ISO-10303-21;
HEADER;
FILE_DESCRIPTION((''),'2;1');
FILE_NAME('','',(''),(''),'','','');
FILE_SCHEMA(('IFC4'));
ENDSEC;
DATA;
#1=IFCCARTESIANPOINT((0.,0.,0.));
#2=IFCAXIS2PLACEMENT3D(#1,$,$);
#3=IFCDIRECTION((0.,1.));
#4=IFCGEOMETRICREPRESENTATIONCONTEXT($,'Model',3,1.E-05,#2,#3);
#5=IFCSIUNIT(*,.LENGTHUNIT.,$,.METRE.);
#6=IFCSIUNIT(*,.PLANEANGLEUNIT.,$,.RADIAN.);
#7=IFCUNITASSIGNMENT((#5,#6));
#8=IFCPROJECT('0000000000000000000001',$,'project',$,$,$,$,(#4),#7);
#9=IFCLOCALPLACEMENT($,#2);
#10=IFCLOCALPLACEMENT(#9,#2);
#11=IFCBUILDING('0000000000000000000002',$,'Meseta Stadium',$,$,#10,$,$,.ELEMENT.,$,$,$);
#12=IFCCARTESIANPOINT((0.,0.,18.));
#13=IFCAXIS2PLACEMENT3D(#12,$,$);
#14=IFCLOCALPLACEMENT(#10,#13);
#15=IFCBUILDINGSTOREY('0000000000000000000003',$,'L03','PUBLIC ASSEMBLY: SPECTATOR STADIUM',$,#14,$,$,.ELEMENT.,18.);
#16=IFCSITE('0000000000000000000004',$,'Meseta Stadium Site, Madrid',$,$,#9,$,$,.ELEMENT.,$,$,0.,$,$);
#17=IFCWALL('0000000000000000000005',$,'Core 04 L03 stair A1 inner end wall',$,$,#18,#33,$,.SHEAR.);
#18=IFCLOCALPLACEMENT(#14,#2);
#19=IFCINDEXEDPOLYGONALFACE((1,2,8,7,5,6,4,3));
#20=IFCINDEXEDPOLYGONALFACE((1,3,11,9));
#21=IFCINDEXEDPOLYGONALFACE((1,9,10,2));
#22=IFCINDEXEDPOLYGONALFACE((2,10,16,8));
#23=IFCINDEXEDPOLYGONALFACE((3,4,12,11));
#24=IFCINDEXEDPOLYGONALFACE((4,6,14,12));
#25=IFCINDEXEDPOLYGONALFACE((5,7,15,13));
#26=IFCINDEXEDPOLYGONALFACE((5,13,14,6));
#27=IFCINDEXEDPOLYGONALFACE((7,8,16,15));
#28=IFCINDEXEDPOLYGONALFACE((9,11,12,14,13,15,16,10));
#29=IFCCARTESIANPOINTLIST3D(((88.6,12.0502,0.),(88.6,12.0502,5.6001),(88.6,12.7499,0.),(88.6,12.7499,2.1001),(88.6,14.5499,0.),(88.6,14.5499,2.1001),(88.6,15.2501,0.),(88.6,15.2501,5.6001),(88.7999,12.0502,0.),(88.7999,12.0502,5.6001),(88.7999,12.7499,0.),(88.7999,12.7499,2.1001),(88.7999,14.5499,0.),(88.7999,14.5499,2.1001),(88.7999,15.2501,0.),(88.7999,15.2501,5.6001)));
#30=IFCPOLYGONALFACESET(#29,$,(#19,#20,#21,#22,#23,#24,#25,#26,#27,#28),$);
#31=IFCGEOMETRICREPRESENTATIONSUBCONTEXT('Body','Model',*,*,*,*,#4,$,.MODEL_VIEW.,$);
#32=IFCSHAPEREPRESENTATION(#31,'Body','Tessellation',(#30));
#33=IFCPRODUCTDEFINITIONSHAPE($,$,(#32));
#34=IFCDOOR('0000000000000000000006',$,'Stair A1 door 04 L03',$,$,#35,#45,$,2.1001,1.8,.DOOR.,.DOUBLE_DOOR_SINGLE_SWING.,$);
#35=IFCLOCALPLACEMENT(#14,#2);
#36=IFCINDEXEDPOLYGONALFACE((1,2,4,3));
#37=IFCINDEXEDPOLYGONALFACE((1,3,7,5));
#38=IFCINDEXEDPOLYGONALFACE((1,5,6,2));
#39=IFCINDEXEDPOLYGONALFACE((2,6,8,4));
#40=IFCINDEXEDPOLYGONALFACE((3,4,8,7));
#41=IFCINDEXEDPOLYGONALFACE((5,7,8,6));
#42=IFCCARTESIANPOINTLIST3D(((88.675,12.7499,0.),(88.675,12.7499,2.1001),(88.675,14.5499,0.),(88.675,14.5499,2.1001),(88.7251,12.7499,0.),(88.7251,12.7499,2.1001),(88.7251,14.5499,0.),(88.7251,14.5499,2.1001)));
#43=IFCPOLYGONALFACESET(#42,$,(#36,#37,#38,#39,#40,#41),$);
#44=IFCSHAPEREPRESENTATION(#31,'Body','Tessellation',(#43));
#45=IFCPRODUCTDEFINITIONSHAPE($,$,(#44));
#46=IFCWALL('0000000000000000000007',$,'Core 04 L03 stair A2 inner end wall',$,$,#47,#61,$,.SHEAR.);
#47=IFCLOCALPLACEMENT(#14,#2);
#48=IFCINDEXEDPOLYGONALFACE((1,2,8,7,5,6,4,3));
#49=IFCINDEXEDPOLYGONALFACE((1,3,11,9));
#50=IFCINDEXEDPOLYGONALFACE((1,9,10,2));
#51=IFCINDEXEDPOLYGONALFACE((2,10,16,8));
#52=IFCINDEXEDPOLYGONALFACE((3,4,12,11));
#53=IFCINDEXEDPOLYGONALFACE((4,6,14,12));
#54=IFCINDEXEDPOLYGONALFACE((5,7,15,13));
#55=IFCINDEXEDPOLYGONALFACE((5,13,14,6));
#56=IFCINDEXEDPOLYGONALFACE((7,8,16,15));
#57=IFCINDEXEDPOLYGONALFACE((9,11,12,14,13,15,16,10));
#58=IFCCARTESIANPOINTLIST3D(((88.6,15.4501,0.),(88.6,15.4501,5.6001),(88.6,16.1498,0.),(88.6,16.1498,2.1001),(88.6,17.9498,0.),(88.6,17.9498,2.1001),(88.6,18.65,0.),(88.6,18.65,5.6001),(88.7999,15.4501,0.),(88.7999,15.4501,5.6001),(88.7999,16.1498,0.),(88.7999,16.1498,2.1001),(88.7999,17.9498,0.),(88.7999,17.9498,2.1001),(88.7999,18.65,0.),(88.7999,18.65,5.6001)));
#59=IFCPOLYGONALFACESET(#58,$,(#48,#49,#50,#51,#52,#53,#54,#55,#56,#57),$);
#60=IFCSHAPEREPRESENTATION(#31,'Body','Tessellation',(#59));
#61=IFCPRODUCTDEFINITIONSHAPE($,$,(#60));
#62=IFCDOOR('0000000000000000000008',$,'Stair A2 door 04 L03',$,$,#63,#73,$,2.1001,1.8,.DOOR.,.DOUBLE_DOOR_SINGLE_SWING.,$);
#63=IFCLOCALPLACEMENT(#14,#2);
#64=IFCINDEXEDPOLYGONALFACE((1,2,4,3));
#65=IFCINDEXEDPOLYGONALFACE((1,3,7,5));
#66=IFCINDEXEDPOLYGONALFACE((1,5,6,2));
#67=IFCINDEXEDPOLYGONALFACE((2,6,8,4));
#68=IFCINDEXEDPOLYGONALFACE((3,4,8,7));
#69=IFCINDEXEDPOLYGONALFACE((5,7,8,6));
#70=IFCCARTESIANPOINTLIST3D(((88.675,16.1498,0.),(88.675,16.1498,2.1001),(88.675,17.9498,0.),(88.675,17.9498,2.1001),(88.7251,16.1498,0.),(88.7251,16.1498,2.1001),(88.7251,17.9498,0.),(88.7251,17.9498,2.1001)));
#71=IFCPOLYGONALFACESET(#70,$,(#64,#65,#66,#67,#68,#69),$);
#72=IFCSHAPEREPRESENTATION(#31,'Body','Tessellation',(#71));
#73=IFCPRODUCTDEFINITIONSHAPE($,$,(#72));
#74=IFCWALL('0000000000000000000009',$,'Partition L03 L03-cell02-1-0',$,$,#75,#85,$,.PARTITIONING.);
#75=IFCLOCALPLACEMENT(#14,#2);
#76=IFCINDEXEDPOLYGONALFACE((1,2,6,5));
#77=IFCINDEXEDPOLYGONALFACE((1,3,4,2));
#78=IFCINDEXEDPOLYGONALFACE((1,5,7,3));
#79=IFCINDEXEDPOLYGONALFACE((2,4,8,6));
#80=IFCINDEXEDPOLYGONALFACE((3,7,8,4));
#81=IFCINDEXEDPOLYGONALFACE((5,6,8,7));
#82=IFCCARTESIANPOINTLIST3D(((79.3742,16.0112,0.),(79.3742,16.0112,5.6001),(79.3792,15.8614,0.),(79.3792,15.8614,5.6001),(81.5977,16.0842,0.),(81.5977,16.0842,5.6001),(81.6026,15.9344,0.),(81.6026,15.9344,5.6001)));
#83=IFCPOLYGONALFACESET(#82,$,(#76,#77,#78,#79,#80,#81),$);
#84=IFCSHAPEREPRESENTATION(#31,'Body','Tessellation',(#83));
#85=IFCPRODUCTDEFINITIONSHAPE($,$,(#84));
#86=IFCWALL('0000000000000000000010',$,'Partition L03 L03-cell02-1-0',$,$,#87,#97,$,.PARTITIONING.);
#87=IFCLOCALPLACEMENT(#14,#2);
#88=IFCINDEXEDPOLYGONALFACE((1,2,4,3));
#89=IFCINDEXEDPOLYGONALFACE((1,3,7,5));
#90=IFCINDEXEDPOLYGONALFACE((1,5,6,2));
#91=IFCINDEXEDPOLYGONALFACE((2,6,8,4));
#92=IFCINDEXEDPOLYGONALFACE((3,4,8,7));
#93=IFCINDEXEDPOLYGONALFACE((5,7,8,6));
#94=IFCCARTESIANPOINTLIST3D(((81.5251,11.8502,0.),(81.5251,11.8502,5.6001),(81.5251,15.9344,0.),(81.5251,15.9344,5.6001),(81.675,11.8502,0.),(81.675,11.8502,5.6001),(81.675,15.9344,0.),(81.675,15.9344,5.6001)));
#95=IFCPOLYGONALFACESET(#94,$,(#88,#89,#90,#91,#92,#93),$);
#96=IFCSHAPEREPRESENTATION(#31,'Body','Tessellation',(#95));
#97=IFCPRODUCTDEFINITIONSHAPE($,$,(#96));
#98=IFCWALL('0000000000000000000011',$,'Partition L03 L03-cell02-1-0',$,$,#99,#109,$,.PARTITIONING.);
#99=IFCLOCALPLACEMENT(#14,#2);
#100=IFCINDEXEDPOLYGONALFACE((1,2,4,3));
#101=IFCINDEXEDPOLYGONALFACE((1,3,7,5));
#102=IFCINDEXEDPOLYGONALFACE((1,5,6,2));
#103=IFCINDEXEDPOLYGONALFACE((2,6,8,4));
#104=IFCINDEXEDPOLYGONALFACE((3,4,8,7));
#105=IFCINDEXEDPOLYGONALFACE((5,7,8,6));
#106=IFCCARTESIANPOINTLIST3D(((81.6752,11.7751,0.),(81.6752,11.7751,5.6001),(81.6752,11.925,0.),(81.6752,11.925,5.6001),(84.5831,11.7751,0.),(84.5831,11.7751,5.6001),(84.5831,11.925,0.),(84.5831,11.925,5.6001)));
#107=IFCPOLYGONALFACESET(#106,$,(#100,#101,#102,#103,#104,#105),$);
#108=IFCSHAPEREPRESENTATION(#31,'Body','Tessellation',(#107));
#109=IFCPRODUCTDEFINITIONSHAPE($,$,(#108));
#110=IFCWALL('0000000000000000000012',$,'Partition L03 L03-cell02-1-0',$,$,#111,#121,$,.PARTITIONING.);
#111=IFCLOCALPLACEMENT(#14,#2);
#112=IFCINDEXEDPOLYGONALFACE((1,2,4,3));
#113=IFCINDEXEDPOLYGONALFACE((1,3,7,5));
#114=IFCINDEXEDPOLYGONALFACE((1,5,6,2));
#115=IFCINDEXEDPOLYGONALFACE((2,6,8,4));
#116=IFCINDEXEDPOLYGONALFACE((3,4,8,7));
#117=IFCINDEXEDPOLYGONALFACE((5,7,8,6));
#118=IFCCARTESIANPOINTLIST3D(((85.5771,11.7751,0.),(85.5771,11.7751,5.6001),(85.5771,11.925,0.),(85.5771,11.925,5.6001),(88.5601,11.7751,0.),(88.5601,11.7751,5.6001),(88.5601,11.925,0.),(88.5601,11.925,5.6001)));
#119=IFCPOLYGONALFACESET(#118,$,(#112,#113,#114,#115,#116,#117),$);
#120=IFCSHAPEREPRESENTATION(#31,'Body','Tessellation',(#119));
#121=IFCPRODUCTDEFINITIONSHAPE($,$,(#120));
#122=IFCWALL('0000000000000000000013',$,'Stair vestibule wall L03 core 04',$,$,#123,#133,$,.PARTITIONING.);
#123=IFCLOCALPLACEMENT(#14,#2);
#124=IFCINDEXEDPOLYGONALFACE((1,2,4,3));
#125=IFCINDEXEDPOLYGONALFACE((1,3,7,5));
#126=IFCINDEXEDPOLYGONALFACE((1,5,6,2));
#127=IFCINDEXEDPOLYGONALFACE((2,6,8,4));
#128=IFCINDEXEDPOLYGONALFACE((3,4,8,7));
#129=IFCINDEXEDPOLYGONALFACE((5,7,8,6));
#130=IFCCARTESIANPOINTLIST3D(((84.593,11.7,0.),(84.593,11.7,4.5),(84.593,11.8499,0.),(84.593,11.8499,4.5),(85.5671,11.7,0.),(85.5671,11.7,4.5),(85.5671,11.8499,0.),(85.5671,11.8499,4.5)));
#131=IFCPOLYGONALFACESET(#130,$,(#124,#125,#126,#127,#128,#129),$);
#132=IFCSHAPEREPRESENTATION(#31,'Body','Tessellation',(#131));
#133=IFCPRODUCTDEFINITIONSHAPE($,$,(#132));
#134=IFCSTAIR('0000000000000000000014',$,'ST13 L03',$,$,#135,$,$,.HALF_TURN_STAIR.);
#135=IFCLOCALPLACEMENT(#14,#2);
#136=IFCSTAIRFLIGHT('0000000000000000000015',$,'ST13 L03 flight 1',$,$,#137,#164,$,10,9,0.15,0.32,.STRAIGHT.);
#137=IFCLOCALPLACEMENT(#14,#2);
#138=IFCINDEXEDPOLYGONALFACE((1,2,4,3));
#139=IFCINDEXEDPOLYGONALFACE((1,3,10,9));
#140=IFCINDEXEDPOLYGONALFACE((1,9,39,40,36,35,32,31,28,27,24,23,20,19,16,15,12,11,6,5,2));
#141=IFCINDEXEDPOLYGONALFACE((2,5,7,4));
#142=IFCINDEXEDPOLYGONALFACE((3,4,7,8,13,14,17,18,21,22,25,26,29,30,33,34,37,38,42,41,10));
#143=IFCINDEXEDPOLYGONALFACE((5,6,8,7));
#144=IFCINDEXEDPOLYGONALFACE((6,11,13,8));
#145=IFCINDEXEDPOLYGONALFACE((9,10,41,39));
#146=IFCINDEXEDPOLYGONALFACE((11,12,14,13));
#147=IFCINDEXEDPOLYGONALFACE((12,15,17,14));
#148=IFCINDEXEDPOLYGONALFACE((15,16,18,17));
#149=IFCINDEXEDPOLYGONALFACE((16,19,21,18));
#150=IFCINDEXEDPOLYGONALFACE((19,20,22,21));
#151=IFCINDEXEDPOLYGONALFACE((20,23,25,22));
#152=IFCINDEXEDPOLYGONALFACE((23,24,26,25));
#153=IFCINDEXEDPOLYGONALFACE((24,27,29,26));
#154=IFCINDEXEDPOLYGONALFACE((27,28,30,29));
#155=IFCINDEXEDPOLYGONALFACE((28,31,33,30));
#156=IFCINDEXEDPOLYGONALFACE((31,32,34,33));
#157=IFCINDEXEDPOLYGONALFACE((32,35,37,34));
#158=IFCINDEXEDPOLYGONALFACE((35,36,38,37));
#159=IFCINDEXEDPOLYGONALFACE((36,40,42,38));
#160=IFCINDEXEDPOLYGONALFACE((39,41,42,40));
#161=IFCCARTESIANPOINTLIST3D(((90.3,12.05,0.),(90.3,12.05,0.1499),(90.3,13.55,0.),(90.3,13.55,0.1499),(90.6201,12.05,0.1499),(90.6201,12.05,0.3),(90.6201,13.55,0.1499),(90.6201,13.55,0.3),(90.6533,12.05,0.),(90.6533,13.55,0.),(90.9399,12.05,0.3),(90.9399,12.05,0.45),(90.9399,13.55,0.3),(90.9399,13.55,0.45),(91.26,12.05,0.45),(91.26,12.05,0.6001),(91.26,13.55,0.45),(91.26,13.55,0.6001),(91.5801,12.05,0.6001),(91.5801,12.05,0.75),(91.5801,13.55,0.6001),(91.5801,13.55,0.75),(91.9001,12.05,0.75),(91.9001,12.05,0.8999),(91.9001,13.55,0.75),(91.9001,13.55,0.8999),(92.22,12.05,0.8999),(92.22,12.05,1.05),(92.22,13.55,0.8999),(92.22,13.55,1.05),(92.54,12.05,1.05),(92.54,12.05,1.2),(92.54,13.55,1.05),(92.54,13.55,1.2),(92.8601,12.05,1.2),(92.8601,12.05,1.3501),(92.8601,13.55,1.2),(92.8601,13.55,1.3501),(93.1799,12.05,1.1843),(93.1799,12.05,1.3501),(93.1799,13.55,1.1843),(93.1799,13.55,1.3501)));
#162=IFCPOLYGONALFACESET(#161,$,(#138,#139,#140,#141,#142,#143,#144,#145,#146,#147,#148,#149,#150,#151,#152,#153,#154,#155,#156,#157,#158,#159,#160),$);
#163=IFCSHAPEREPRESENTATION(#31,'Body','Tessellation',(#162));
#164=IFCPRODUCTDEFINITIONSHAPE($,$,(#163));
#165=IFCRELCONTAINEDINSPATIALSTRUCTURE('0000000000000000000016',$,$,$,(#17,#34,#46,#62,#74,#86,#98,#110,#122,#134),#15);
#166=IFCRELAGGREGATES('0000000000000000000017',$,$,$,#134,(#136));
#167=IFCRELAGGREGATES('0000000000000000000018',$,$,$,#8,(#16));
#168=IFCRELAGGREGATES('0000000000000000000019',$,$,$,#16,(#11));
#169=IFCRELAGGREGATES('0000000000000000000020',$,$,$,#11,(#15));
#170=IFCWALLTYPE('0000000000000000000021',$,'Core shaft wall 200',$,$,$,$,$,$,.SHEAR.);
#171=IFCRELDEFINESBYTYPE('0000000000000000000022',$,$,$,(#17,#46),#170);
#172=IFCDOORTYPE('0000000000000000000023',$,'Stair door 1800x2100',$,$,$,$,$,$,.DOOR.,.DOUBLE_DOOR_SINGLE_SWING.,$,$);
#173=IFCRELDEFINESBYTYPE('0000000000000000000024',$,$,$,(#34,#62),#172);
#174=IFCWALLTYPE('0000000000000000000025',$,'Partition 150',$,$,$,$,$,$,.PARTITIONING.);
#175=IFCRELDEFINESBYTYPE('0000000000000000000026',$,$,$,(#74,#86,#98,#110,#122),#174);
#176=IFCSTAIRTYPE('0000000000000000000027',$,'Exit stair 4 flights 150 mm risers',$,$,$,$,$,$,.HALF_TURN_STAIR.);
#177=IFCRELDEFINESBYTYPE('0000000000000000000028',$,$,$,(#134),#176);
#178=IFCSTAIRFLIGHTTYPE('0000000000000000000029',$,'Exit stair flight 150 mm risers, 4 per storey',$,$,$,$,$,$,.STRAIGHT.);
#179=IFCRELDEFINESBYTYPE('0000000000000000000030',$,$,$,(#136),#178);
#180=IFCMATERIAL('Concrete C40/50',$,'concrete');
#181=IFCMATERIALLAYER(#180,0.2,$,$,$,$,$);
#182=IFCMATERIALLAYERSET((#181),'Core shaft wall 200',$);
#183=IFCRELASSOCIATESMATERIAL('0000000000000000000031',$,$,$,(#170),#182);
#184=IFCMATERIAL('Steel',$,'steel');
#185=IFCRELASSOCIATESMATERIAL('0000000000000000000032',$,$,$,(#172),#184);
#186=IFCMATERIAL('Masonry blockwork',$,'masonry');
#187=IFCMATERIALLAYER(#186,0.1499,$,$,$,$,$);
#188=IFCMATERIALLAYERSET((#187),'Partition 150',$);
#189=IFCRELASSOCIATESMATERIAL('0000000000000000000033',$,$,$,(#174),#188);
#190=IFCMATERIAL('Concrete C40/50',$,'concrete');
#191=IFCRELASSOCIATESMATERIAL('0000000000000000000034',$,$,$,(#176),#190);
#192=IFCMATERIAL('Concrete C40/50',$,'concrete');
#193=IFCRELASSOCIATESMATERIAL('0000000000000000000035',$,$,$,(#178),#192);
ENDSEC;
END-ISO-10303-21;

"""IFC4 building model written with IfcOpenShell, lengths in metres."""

from ifc_helpers import new_model, si_unit, direction, frame, frame_2d, origin, place, context, subcontext, project, spatial, polyline, rectangle, outline, extrude, material, layer, layer_set, type_object, element, fill, aggregate, save


model = new_model("IFC4")

# Units and contexts
model_context = context("Model", 3, precision=1e-05, world=origin(), true_north=direction((0.0, 1.0)))
body_context = subcontext(model_context, "Body", "Model", "MODEL_VIEW")
ifc_project = project(units=[si_unit("LENGTHUNIT", "METRE"), si_unit("PLANEANGLEUNIT", "RADIAN")], contexts=[model_context])

# Site, building, storey
site_placement = place(None, origin())
site = spatial("IfcSite", under=ifc_project, at=site_placement, Name="Meseta Stadium Site, Madrid", CompositionType="ELEMENT", RefElevation=0.0)
building_placement = place(site_placement, origin())
building = spatial("IfcBuilding", under=site, at=building_placement, Name="Meseta Stadium", CompositionType="ELEMENT")
storey_placement = place(building_placement, frame((0.0, 0.0, 18.0)))
storey = spatial("IfcBuildingStorey", under=building, at=storey_placement, Name="L03", Description="PUBLIC ASSEMBLY: SPECTATOR STADIUM", CompositionType="ELEMENT", Elevation=18.0)

# Walls, openings, doors
ifc_material_1 = material(Name="Concrete C40/50", Category="concrete")
ifc_layer_1 = layer(ifc_material_1, 0.2)
ifc_layer_set_1 = layer_set([ifc_layer_1], Name="Core shaft wall 200")
wall_type_1 = type_object("IfcWallType", Name="Core shaft wall 200", PredefinedType="SHEAR", material=ifc_layer_set_1)
wall_1_placement = place(storey_placement, frame((88.7, 12.05, 0.0), z_axis=(0.0, 0.0, 1.0), x_axis=(0.0, 1.0, 0.0)))
wall_1 = element("IfcWall", 1, at=wall_1_placement, inside=storey, type_object=wall_type_1, Name="Core 04 L03 stair A1 inner end wall", PredefinedType="SHEAR", context=body_context, shape_type="SweptSolid", body=[
    extrude(rectangle(XDim=3.2, YDim=0.2, at=frame_2d((1.6001, 0.0))), origin(), (0.0, 0.0, 1.0), 5.6001),
])
opening_1_placement = place(wall_1_placement, frame((0.7, 0.0, 0.0)))
opening_1 = element("IfcOpeningElement", 2, at=opening_1_placement, cuts=wall_1, PredefinedType="OPENING", context=body_context, shape_type="SweptSolid", body=[
    extrude(rectangle(XDim=1.8, YDim=2.1001, at=frame_2d((0.8999, 1.05))), frame((0.0, 0.1099, 0.0), z_axis=(0.0, -1.0, 0.0), x_axis=(1.0, 0.0, 0.0)), (0.0, 0.0, 1.0), 0.22),
])
ifc_material_2 = material(Name="Steel", Category="steel")
door_type = type_object("IfcDoorType", Name="Stair door 1800x2100", OperationType="DOUBLE_DOOR_SINGLE_SWING", PredefinedType="DOOR", material=ifc_material_2)
door_1_placement = place(opening_1_placement, origin())
door_1 = element("IfcDoor", 3, at=door_1_placement, inside=storey, type_object=door_type, Name="Stair A1 door 04 L03", OperationType="DOUBLE_DOOR_SINGLE_SWING", OverallHeight=2.1001, OverallWidth=1.8, PredefinedType="DOOR", context=body_context, shape_type="SweptSolid", body=[
    extrude(rectangle(XDim=1.8, YDim=2.1001, at=frame_2d((0.8999, 1.05))), frame((0.0, 0.0249, 0.0), z_axis=(0.0, -1.0, 0.0), x_axis=(1.0, 0.0, 0.0)), (0.0, 0.0, 1.0), 0.05),
])
fill(opening_1, door_1)
wall_2_placement = place(storey_placement, frame((88.7, 15.45, 0.0), z_axis=(0.0, 0.0, 1.0), x_axis=(0.0, 1.0, 0.0)))
wall_2 = element("IfcWall", 4, at=wall_2_placement, inside=storey, type_object=wall_type_1, Name="Core 04 L03 stair A2 inner end wall", PredefinedType="SHEAR", context=body_context, shape_type="SweptSolid", body=[
    extrude(rectangle(XDim=3.2, YDim=0.2, at=frame_2d((1.6001, 0.0))), origin(), (0.0, 0.0, 1.0), 5.6001),
])
opening_2_placement = place(wall_2_placement, frame((0.7, 0.0, 0.0)))
opening_2 = element("IfcOpeningElement", 5, at=opening_2_placement, cuts=wall_2, PredefinedType="OPENING", context=body_context, shape_type="SweptSolid", body=[
    extrude(rectangle(XDim=1.8, YDim=2.1001, at=frame_2d((0.8999, 1.05))), frame((0.0, 0.1099, 0.0), z_axis=(0.0, -1.0, 0.0), x_axis=(1.0, 0.0, 0.0)), (0.0, 0.0, 1.0), 0.22),
])
door_2_placement = place(opening_2_placement, origin())
door_2 = element("IfcDoor", 6, at=door_2_placement, inside=storey, type_object=door_type, Name="Stair A2 door 04 L03", OperationType="DOUBLE_DOOR_SINGLE_SWING", OverallHeight=2.1001, OverallWidth=1.8, PredefinedType="DOOR", context=body_context, shape_type="SweptSolid", body=[
    extrude(rectangle(XDim=1.8, YDim=2.1001, at=frame_2d((0.8999, 1.05))), frame((0.0, 0.0249, 0.0), z_axis=(0.0, -1.0, 0.0), x_axis=(1.0, 0.0, 0.0)), (0.0, 0.0, 1.0), 0.05),
])
fill(opening_2, door_2)

# Walls
ifc_material_3 = material(Name="Masonry blockwork", Category="masonry")
ifc_layer_2 = layer(ifc_material_3, 0.1499)
ifc_layer_set_2 = layer_set([ifc_layer_2], Name="Partition 150")
wall_type_2 = type_object("IfcWallType", Name="Partition 150", PredefinedType="PARTITIONING", material=ifc_layer_set_2)
wall_3_placement = place(storey_placement, frame((79.3767, 15.9363, 0.0), z_axis=(0.0, 0.0, 1.0), x_axis=(0.999461, 0.032814, 0.0)))
element("IfcWall", 7, at=wall_3_placement, inside=storey, type_object=wall_type_2, Name="Partition L03 L03-cell02-1-0", PredefinedType="PARTITIONING", context=body_context, shape_type="SweptSolid", body=[
    extrude(rectangle(XDim=2.2246, YDim=0.1499, at=frame_2d((1.1123, 0.0))), origin(), (0.0, 0.0, 1.0), 5.6001),
])
wall_4_placement = place(storey_placement, frame((81.6001, 15.9343, 0.0), z_axis=(0.0, 0.0, 1.0), x_axis=(0.0, -1.0, 0.0)))
element("IfcWall", 8, at=wall_4_placement, inside=storey, type_object=wall_type_2, Name="Partition L03 L03-cell02-1-0", PredefinedType="PARTITIONING", context=body_context, shape_type="SweptSolid", body=[
    extrude(rectangle(XDim=4.0842, YDim=0.1499, at=frame_2d((2.042, 0.0))), origin(), (0.0, 0.0, 1.0), 5.6001),
])
wall_5_placement = place(storey_placement, frame((81.675, 11.8501, 0.0), z_axis=(0.0, 0.0, 1.0), x_axis=(1.0, 0.0, 0.0)))
element("IfcWall", 9, at=wall_5_placement, inside=storey, type_object=wall_type_2, Name="Partition L03 L03-cell02-1-0", PredefinedType="PARTITIONING", context=body_context, shape_type="SweptSolid", body=[
    extrude(rectangle(XDim=2.908, YDim=0.1499, at=frame_2d((1.4541, 0.0))), origin(), (0.0, 0.0, 1.0), 5.6001),
])
wall_6_placement = place(storey_placement, frame((85.5771, 11.8501, 0.0), z_axis=(0.0, 0.0, 1.0), x_axis=(1.0, 0.0, 0.0)))
element("IfcWall", 10, at=wall_6_placement, inside=storey, type_object=wall_type_2, Name="Partition L03 L03-cell02-1-0", PredefinedType="PARTITIONING", context=body_context, shape_type="SweptSolid", body=[
    extrude(rectangle(XDim=2.9829, YDim=0.1499, at=frame_2d((1.4915, 0.0))), origin(), (0.0, 0.0, 1.0), 5.6001),
])
wall_7_placement = place(storey_placement, frame((84.593, 11.7749, 0.0), z_axis=(0.0, 0.0, 1.0), x_axis=(1.0, 0.0, 0.0)))
element("IfcWall", 11, at=wall_7_placement, inside=storey, type_object=wall_type_2, Name="Stair vestibule wall L03 core 04", PredefinedType="PARTITIONING", context=body_context, shape_type="SweptSolid", body=[
    extrude(rectangle(XDim=0.9741, YDim=0.1499, at=frame_2d((0.4871, 0.0))), origin(), (0.0, 0.0, 1.0), 4.5),
])

# Stair, stair flight
ifc_material_4 = material(Name="Concrete C40/50", Category="concrete")
stair_type = type_object("IfcStairType", Name="Exit stair 4 flights 150 mm risers", PredefinedType="HALF_TURN_STAIR", material=ifc_material_4)
stair_1_placement = place(storey_placement, origin())
stair_1 = element("IfcStair", 12, at=stair_1_placement, inside=storey, type_object=stair_type, Name="ST13 L03", PredefinedType="HALF_TURN_STAIR")
ifc_material_5 = material(Name="Concrete C40/50", Category="concrete")
stair_flight_type = type_object("IfcStairFlightType", Name="Exit stair flight 150 mm risers, 4 per storey", PredefinedType="STRAIGHT", material=ifc_material_5)
stair_flight_1_placement = place(storey_placement, frame((90.3, 12.8, 0.0), z_axis=(0.0, 0.0, 1.0), x_axis=(1.0, 0.0, 0.0)))
stair_flight_1 = element("IfcStairFlight", 13, at=stair_flight_1_placement, type_object=stair_flight_type, Name="ST13 L03 flight 1", NumberOfRisers=10, NumberOfTreads=9, PredefinedType="STRAIGHT", RiserHeight=0.15, TreadLength=0.32, context=body_context, shape_type="SweptSolid", body=[
    extrude(outline(polyline([(0.0, 0.0), (0.0, 0.1499), (0.3201, 0.1499), (0.3201, 0.3), (0.6399, 0.3), (0.6399, 0.45), (0.96, 0.45), (0.96, 0.6001), (1.28, 0.6001), (1.28, 0.75), (1.6001, 0.75), (1.6001, 0.8999), (1.9199, 0.8999), (1.9199, 1.05), (2.24, 1.05), (2.24, 1.2), (2.5601, 1.2), (2.5601, 1.3501), (2.8799, 1.3501), (2.8799, 1.1843), (0.3533, 0.0), (0.0, 0.0)])), frame((0.0, 0.75, 0.0), z_axis=(0.0, -1.0, 0.0), x_axis=(1.0, 0.0, 0.0)), (0.0, 0.0, 1.0), 1.5),
])
aggregate(stair_1, [stair_flight_1])

save(model, "model.ifc")
